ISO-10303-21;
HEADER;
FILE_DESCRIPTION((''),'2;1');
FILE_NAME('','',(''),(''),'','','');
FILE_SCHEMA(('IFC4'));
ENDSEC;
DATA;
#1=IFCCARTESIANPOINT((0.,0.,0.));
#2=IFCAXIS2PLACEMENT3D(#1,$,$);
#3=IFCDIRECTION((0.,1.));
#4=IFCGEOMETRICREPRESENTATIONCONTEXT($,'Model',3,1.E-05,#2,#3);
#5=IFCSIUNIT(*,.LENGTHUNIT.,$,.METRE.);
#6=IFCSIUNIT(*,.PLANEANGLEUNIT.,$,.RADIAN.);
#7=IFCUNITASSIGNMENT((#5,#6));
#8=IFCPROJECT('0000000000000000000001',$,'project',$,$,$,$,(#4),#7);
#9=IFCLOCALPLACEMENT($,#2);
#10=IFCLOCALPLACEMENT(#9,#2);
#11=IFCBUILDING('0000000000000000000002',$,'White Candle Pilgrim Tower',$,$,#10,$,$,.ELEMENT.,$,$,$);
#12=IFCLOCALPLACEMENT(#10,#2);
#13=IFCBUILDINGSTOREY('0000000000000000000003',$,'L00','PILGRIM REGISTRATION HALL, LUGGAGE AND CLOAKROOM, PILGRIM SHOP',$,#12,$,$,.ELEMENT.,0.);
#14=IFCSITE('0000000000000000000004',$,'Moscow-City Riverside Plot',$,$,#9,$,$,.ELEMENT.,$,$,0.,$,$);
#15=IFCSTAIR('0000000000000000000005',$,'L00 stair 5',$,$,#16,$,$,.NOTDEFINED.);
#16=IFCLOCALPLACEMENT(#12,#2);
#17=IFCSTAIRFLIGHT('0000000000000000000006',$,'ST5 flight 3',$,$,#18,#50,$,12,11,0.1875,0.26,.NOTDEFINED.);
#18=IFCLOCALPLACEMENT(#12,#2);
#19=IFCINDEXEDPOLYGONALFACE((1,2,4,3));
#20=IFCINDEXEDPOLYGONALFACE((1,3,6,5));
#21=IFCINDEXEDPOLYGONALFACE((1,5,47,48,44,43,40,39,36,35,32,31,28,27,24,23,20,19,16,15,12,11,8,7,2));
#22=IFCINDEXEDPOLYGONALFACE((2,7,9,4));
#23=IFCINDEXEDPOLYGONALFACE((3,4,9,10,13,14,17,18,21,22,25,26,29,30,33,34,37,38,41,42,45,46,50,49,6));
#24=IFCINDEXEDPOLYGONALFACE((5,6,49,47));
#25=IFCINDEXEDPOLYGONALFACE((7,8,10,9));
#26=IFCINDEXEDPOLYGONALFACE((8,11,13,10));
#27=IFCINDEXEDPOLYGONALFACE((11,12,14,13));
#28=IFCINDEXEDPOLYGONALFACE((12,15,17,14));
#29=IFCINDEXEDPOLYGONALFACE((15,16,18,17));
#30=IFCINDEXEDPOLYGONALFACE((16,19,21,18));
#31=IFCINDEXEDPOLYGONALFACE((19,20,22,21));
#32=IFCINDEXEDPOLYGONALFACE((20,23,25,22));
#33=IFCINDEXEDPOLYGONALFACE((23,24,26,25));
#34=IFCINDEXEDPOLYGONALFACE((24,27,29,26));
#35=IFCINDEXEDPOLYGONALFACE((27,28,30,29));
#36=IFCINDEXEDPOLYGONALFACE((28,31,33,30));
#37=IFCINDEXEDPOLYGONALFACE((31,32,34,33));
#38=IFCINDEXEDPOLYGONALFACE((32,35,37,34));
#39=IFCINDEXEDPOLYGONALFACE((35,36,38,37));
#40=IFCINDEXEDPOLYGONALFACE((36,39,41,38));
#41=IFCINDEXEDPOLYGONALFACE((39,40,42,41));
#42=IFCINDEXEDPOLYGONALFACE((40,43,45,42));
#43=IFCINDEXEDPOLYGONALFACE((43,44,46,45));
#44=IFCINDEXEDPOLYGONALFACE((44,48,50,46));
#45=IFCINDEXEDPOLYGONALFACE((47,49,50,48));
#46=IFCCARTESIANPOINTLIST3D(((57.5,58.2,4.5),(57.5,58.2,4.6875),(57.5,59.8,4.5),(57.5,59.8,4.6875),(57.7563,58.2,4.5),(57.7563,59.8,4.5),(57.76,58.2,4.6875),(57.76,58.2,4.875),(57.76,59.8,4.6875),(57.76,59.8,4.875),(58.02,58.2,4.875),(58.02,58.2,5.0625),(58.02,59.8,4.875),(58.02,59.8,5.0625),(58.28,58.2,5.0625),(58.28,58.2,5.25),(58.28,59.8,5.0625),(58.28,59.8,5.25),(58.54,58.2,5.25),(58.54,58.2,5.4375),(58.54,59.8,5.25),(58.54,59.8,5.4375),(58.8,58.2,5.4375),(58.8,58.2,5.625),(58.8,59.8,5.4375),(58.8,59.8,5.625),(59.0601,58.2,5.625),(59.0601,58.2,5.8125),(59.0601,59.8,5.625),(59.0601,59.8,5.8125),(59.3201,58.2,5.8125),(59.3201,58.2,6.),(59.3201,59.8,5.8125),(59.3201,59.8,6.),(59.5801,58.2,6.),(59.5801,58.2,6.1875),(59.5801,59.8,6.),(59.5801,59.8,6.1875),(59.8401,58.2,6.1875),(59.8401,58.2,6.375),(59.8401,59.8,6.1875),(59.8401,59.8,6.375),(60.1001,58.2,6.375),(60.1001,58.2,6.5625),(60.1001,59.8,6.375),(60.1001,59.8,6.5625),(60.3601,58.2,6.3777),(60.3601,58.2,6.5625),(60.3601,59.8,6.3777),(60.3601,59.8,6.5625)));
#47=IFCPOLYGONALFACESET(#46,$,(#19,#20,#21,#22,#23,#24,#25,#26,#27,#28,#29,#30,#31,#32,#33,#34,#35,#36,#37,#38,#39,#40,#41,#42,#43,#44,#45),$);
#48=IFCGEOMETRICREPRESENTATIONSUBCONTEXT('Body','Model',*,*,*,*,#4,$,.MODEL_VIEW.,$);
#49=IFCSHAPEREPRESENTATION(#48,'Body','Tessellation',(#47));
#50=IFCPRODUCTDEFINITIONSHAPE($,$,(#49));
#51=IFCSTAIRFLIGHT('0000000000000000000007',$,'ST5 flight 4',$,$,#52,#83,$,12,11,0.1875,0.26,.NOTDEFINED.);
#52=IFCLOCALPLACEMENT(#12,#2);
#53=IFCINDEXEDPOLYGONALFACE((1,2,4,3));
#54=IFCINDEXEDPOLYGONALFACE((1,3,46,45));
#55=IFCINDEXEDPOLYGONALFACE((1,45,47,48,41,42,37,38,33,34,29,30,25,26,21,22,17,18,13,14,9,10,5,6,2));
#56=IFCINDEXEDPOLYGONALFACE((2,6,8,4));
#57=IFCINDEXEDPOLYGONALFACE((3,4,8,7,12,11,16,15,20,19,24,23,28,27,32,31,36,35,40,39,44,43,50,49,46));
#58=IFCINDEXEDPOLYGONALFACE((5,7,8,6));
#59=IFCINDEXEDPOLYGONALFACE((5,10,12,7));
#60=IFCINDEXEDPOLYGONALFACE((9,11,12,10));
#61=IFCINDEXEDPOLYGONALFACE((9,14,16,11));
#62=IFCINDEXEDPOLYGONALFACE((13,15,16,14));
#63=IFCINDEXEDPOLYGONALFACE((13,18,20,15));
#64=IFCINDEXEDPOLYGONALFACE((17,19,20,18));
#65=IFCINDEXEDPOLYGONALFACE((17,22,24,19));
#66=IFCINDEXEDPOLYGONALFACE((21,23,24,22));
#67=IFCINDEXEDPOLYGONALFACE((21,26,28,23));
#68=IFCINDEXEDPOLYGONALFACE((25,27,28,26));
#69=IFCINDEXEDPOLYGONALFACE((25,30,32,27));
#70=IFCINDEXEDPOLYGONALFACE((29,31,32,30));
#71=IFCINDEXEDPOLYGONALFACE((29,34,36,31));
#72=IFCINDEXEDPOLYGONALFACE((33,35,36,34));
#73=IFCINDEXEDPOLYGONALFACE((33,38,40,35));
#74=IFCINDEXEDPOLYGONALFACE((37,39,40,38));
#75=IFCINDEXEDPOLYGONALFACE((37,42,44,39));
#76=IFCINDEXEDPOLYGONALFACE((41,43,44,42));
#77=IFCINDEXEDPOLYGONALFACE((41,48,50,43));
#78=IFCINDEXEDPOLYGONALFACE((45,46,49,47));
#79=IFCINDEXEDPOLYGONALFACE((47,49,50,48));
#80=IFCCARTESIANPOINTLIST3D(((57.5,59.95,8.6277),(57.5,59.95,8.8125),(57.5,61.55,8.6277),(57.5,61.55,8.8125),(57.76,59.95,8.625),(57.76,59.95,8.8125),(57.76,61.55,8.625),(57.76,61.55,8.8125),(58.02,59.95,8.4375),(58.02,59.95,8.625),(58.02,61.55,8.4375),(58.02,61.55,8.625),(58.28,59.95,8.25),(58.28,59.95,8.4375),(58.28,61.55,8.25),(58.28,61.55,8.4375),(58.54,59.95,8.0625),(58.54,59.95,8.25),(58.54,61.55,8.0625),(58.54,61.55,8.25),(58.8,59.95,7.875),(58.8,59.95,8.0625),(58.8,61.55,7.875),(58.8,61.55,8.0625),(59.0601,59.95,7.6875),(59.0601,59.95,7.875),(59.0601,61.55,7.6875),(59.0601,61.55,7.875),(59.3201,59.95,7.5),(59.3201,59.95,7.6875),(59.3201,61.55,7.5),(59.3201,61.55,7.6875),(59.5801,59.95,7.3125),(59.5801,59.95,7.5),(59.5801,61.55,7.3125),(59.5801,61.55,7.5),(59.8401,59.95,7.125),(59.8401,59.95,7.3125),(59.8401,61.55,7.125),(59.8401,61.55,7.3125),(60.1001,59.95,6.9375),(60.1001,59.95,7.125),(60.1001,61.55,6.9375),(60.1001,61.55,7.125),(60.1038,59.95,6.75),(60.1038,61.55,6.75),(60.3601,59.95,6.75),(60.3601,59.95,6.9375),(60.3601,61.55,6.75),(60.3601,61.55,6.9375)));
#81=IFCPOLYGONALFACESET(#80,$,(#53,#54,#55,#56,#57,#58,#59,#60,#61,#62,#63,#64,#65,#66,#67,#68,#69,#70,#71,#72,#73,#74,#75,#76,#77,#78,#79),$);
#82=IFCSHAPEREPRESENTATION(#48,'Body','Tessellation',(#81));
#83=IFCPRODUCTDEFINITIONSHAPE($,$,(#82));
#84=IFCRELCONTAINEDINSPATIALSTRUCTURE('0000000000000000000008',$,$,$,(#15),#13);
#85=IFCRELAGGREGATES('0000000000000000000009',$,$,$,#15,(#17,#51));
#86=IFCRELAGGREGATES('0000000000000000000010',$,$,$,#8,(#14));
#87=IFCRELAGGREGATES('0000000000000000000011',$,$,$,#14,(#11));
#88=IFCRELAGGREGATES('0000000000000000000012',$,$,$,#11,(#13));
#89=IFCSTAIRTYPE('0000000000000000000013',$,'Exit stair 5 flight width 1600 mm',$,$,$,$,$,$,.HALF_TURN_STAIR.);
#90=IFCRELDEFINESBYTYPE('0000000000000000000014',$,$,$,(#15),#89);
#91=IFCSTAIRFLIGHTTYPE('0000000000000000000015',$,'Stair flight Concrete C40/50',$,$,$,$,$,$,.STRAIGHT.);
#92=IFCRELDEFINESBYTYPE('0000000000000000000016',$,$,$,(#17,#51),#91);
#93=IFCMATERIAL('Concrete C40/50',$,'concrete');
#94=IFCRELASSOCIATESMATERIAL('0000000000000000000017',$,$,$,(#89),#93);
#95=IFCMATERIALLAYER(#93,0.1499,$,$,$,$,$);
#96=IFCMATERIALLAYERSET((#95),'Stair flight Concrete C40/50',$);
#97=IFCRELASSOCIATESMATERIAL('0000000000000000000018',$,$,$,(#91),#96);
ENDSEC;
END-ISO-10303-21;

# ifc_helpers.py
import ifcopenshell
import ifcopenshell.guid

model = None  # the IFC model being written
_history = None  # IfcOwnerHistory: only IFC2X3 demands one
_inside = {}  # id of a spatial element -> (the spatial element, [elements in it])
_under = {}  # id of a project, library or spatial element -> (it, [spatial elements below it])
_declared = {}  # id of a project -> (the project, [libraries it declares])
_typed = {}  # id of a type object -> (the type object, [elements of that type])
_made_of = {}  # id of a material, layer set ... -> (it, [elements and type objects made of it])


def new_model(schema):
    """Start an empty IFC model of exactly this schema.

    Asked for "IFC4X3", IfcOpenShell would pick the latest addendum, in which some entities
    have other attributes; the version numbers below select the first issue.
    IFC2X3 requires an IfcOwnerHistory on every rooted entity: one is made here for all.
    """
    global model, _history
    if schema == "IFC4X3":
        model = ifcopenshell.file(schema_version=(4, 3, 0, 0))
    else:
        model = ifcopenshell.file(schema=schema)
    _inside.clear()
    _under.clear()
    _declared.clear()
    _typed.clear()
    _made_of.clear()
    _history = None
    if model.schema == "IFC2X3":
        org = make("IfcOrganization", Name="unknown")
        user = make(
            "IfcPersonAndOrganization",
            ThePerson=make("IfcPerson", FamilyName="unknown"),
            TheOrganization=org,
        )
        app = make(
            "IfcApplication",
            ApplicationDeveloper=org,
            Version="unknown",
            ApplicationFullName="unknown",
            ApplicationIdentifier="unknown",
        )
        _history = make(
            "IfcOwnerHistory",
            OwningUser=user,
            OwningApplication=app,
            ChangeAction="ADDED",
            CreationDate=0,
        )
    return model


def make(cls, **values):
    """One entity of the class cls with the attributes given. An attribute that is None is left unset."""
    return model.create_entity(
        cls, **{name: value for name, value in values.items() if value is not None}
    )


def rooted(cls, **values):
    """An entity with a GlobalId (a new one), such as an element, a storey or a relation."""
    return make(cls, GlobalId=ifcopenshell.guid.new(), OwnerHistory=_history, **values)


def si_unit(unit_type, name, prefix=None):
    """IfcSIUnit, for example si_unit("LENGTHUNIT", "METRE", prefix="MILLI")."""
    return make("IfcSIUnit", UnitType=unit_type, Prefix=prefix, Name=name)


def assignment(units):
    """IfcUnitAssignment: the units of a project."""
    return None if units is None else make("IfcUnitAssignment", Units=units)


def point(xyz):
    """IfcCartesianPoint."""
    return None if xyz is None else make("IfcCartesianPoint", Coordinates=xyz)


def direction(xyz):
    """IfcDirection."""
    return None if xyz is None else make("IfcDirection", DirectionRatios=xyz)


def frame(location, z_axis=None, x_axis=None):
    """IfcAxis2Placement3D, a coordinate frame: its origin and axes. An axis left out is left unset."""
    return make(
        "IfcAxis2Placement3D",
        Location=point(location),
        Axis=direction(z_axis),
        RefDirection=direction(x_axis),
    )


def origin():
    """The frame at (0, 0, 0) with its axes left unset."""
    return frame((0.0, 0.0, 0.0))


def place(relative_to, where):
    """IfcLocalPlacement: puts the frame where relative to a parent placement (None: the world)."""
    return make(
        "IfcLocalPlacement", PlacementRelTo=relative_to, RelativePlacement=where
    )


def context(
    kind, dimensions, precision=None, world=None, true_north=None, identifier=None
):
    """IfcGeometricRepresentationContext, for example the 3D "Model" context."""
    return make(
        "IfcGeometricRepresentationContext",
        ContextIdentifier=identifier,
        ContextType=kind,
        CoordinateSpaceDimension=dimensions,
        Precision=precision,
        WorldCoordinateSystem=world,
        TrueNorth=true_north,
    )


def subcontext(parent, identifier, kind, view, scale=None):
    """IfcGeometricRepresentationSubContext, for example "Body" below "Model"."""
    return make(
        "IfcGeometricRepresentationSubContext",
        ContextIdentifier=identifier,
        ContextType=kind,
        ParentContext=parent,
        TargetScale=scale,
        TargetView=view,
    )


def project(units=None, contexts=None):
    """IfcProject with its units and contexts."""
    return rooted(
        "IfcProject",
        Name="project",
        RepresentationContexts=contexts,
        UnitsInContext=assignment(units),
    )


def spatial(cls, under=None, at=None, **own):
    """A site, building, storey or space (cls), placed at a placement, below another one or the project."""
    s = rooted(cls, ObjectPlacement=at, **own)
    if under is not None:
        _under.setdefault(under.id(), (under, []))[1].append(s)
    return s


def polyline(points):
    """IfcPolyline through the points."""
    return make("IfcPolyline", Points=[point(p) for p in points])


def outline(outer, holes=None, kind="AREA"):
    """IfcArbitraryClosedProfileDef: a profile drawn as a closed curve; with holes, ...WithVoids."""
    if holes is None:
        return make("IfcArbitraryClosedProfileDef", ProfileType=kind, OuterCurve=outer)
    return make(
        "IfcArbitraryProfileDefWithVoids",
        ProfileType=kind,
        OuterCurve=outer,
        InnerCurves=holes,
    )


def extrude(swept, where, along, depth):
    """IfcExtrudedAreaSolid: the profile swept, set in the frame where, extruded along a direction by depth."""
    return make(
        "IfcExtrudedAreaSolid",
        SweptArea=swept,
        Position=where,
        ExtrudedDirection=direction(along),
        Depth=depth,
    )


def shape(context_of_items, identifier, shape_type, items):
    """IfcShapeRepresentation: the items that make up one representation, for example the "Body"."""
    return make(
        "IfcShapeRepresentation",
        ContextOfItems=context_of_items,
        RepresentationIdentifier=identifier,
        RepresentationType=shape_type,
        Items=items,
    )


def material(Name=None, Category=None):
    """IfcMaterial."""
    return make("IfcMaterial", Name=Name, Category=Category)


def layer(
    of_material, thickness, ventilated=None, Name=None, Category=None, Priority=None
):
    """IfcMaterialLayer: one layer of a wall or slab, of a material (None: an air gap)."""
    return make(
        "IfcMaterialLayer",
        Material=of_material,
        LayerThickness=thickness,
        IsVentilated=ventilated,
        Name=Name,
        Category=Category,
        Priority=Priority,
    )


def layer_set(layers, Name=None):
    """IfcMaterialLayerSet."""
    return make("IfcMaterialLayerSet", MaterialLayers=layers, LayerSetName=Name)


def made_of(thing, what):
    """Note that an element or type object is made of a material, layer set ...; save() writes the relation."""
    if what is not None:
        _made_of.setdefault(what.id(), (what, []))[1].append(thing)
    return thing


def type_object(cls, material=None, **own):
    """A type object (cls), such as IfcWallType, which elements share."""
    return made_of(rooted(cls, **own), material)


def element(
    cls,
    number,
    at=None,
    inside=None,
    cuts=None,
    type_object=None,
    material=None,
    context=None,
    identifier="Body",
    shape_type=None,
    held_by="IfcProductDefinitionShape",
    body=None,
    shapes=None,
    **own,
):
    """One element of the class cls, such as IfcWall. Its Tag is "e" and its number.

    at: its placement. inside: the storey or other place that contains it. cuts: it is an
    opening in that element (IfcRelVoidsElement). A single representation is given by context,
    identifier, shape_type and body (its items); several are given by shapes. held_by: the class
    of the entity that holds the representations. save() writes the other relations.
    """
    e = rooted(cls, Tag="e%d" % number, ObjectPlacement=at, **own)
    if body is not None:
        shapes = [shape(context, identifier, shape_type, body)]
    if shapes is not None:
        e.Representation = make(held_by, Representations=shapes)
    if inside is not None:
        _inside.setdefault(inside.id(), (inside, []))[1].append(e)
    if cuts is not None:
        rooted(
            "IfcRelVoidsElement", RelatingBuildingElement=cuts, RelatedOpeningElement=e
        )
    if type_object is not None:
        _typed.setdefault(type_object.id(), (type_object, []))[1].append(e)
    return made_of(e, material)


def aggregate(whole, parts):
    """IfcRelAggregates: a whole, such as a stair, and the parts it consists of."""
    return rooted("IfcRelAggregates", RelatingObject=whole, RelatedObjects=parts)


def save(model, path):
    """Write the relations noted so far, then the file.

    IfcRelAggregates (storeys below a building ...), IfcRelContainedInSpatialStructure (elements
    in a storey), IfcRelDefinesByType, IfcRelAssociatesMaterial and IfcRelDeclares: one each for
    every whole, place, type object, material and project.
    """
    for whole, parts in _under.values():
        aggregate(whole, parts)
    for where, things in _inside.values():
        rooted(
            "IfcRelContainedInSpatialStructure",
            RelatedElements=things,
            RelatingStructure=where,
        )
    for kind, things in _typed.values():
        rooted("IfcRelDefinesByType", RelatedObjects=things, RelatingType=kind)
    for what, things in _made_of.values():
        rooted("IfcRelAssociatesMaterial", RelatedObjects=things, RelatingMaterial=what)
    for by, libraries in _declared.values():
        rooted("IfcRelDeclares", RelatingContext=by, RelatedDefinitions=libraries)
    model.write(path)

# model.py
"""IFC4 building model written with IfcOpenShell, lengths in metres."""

from ifc_helpers import new_model, si_unit, direction, frame, origin, place, context, subcontext, project, spatial, polyline, outline, extrude, material, layer, layer_set, type_object, element, aggregate, save


model = new_model("IFC4")

# Units and contexts
model_context = context("Model", 3, precision=1e-05, world=origin(), true_north=direction((0.0, 1.0)))
body_context = subcontext(model_context, "Body", "Model", "MODEL_VIEW")
ifc_project = project(units=[si_unit("LENGTHUNIT", "METRE"), si_unit("PLANEANGLEUNIT", "RADIAN")], contexts=[model_context])

# Site, building, storey
site_placement = place(None, origin())
site = spatial("IfcSite", under=ifc_project, at=site_placement, Name="Moscow-City Riverside Plot", CompositionType="ELEMENT", RefElevation=0.0)
building_placement = place(site_placement, origin())
building = spatial("IfcBuilding", under=site, at=building_placement, Name="White Candle Pilgrim Tower", CompositionType="ELEMENT")
storey_placement = place(building_placement, origin())
storey = spatial("IfcBuildingStorey", under=building, at=storey_placement, Name="L00", Description="PILGRIM REGISTRATION HALL, LUGGAGE AND CLOAKROOM, PILGRIM SHOP", CompositionType="ELEMENT", Elevation=0.0)

# Stair, stair flights
ifc_material_1 = material(Name="Concrete C40/50", Category="concrete")
stair_type = type_object("IfcStairType", Name="Exit stair 5 flight width 1600 mm", PredefinedType="HALF_TURN_STAIR", material=ifc_material_1)
stair_placement = place(storey_placement, origin())
stair = element("IfcStair", 1, at=stair_placement, inside=storey, type_object=stair_type, Name="L00 stair 5", PredefinedType="NOTDEFINED")
ifc_layer_1 = layer(ifc_material_1, 0.1499)
ifc_layer_set_1 = layer_set([ifc_layer_1], Name="Stair flight Concrete C40/50")
stair_flight_type = type_object("IfcStairFlightType", Name="Stair flight Concrete C40/50", PredefinedType="STRAIGHT", material=ifc_layer_set_1)
stair_flight_1_placement = place(storey_placement, frame((57.5, 59.0, 4.5), z_axis=(0.0, 0.0, 1.0), x_axis=(1.0, 0.0, 0.0)))
stair_flight_1 = element("IfcStairFlight", 2, at=stair_flight_1_placement, type_object=stair_flight_type, Name="ST5 flight 3", NumberOfRisers=12, NumberOfTreads=11, PredefinedType="NOTDEFINED", RiserHeight=0.1875, TreadLength=0.26, context=body_context, shape_type="SweptSolid", body=[
    extrude(outline(polyline([(0.0, 0.0), (0.0, 0.1875), (0.26, 0.1875), (0.26, 0.375), (0.52, 0.375), (0.52, 0.5625), (0.78, 0.5625), (0.78, 0.75), (1.04, 0.75), (1.04, 0.9375), (1.3, 0.9375), (1.3, 1.125), (1.5601, 1.125), (1.5601, 1.3125), (1.8201, 1.3125), (1.8201, 1.5), (2.0801, 1.5), (2.0801, 1.6875), (2.3401, 1.6875), (2.3401, 1.875), (2.6001, 1.875), (2.6001, 2.0625), (2.8601, 2.0625), (2.8601, 2.25), (2.8601, 1.8777), (0.2563, 0.0), (0.0, 0.0)])), frame((0.0, 0.8, 0.0), z_axis=(0.0, -1.0, 0.0), x_axis=(1.0, 0.0, 0.0)), (0.0, 0.0, 1.0), 1.6001),
])
stair_flight_2_placement = place(storey_placement, frame((60.3601, 60.75, 6.75), z_axis=(0.0, 0.0, 1.0), x_axis=(-1.0, 0.0, 0.0)))
stair_flight_2 = element("IfcStairFlight", 3, at=stair_flight_2_placement, type_object=stair_flight_type, Name="ST5 flight 4", NumberOfRisers=12, NumberOfTreads=11, PredefinedType="NOTDEFINED", RiserHeight=0.1875, TreadLength=0.26, context=body_context, shape_type="SweptSolid", body=[
    extrude(outline(polyline([(0.0, 0.0), (0.0, 0.1875), (0.26, 0.1875), (0.26, 0.375), (0.52, 0.375), (0.52, 0.5625), (0.78, 0.5625), (0.78, 0.75), (1.04, 0.75), (1.04, 0.9375), (1.3, 0.9375), (1.3, 1.125), (1.5601, 1.125), (1.5601, 1.3125), (1.8201, 1.3125), (1.8201, 1.5), (2.0801, 1.5), (2.0801, 1.6875), (2.3401, 1.6875), (2.3401, 1.875), (2.6001, 1.875), (2.6001, 2.0625), (2.8601, 2.0625), (2.8601, 2.25), (2.8601, 1.8777), (0.2563, 0.0), (0.0, 0.0)])), frame((0.0, 0.8, 0.0), z_axis=(0.0, -1.0, 0.0), x_axis=(1.0, 0.0, 0.0)), (0.0, 0.0, 1.0), 1.6001),
])
aggregate(stair, [stair_flight_1, stair_flight_2])

save(model, "model.ifc")
